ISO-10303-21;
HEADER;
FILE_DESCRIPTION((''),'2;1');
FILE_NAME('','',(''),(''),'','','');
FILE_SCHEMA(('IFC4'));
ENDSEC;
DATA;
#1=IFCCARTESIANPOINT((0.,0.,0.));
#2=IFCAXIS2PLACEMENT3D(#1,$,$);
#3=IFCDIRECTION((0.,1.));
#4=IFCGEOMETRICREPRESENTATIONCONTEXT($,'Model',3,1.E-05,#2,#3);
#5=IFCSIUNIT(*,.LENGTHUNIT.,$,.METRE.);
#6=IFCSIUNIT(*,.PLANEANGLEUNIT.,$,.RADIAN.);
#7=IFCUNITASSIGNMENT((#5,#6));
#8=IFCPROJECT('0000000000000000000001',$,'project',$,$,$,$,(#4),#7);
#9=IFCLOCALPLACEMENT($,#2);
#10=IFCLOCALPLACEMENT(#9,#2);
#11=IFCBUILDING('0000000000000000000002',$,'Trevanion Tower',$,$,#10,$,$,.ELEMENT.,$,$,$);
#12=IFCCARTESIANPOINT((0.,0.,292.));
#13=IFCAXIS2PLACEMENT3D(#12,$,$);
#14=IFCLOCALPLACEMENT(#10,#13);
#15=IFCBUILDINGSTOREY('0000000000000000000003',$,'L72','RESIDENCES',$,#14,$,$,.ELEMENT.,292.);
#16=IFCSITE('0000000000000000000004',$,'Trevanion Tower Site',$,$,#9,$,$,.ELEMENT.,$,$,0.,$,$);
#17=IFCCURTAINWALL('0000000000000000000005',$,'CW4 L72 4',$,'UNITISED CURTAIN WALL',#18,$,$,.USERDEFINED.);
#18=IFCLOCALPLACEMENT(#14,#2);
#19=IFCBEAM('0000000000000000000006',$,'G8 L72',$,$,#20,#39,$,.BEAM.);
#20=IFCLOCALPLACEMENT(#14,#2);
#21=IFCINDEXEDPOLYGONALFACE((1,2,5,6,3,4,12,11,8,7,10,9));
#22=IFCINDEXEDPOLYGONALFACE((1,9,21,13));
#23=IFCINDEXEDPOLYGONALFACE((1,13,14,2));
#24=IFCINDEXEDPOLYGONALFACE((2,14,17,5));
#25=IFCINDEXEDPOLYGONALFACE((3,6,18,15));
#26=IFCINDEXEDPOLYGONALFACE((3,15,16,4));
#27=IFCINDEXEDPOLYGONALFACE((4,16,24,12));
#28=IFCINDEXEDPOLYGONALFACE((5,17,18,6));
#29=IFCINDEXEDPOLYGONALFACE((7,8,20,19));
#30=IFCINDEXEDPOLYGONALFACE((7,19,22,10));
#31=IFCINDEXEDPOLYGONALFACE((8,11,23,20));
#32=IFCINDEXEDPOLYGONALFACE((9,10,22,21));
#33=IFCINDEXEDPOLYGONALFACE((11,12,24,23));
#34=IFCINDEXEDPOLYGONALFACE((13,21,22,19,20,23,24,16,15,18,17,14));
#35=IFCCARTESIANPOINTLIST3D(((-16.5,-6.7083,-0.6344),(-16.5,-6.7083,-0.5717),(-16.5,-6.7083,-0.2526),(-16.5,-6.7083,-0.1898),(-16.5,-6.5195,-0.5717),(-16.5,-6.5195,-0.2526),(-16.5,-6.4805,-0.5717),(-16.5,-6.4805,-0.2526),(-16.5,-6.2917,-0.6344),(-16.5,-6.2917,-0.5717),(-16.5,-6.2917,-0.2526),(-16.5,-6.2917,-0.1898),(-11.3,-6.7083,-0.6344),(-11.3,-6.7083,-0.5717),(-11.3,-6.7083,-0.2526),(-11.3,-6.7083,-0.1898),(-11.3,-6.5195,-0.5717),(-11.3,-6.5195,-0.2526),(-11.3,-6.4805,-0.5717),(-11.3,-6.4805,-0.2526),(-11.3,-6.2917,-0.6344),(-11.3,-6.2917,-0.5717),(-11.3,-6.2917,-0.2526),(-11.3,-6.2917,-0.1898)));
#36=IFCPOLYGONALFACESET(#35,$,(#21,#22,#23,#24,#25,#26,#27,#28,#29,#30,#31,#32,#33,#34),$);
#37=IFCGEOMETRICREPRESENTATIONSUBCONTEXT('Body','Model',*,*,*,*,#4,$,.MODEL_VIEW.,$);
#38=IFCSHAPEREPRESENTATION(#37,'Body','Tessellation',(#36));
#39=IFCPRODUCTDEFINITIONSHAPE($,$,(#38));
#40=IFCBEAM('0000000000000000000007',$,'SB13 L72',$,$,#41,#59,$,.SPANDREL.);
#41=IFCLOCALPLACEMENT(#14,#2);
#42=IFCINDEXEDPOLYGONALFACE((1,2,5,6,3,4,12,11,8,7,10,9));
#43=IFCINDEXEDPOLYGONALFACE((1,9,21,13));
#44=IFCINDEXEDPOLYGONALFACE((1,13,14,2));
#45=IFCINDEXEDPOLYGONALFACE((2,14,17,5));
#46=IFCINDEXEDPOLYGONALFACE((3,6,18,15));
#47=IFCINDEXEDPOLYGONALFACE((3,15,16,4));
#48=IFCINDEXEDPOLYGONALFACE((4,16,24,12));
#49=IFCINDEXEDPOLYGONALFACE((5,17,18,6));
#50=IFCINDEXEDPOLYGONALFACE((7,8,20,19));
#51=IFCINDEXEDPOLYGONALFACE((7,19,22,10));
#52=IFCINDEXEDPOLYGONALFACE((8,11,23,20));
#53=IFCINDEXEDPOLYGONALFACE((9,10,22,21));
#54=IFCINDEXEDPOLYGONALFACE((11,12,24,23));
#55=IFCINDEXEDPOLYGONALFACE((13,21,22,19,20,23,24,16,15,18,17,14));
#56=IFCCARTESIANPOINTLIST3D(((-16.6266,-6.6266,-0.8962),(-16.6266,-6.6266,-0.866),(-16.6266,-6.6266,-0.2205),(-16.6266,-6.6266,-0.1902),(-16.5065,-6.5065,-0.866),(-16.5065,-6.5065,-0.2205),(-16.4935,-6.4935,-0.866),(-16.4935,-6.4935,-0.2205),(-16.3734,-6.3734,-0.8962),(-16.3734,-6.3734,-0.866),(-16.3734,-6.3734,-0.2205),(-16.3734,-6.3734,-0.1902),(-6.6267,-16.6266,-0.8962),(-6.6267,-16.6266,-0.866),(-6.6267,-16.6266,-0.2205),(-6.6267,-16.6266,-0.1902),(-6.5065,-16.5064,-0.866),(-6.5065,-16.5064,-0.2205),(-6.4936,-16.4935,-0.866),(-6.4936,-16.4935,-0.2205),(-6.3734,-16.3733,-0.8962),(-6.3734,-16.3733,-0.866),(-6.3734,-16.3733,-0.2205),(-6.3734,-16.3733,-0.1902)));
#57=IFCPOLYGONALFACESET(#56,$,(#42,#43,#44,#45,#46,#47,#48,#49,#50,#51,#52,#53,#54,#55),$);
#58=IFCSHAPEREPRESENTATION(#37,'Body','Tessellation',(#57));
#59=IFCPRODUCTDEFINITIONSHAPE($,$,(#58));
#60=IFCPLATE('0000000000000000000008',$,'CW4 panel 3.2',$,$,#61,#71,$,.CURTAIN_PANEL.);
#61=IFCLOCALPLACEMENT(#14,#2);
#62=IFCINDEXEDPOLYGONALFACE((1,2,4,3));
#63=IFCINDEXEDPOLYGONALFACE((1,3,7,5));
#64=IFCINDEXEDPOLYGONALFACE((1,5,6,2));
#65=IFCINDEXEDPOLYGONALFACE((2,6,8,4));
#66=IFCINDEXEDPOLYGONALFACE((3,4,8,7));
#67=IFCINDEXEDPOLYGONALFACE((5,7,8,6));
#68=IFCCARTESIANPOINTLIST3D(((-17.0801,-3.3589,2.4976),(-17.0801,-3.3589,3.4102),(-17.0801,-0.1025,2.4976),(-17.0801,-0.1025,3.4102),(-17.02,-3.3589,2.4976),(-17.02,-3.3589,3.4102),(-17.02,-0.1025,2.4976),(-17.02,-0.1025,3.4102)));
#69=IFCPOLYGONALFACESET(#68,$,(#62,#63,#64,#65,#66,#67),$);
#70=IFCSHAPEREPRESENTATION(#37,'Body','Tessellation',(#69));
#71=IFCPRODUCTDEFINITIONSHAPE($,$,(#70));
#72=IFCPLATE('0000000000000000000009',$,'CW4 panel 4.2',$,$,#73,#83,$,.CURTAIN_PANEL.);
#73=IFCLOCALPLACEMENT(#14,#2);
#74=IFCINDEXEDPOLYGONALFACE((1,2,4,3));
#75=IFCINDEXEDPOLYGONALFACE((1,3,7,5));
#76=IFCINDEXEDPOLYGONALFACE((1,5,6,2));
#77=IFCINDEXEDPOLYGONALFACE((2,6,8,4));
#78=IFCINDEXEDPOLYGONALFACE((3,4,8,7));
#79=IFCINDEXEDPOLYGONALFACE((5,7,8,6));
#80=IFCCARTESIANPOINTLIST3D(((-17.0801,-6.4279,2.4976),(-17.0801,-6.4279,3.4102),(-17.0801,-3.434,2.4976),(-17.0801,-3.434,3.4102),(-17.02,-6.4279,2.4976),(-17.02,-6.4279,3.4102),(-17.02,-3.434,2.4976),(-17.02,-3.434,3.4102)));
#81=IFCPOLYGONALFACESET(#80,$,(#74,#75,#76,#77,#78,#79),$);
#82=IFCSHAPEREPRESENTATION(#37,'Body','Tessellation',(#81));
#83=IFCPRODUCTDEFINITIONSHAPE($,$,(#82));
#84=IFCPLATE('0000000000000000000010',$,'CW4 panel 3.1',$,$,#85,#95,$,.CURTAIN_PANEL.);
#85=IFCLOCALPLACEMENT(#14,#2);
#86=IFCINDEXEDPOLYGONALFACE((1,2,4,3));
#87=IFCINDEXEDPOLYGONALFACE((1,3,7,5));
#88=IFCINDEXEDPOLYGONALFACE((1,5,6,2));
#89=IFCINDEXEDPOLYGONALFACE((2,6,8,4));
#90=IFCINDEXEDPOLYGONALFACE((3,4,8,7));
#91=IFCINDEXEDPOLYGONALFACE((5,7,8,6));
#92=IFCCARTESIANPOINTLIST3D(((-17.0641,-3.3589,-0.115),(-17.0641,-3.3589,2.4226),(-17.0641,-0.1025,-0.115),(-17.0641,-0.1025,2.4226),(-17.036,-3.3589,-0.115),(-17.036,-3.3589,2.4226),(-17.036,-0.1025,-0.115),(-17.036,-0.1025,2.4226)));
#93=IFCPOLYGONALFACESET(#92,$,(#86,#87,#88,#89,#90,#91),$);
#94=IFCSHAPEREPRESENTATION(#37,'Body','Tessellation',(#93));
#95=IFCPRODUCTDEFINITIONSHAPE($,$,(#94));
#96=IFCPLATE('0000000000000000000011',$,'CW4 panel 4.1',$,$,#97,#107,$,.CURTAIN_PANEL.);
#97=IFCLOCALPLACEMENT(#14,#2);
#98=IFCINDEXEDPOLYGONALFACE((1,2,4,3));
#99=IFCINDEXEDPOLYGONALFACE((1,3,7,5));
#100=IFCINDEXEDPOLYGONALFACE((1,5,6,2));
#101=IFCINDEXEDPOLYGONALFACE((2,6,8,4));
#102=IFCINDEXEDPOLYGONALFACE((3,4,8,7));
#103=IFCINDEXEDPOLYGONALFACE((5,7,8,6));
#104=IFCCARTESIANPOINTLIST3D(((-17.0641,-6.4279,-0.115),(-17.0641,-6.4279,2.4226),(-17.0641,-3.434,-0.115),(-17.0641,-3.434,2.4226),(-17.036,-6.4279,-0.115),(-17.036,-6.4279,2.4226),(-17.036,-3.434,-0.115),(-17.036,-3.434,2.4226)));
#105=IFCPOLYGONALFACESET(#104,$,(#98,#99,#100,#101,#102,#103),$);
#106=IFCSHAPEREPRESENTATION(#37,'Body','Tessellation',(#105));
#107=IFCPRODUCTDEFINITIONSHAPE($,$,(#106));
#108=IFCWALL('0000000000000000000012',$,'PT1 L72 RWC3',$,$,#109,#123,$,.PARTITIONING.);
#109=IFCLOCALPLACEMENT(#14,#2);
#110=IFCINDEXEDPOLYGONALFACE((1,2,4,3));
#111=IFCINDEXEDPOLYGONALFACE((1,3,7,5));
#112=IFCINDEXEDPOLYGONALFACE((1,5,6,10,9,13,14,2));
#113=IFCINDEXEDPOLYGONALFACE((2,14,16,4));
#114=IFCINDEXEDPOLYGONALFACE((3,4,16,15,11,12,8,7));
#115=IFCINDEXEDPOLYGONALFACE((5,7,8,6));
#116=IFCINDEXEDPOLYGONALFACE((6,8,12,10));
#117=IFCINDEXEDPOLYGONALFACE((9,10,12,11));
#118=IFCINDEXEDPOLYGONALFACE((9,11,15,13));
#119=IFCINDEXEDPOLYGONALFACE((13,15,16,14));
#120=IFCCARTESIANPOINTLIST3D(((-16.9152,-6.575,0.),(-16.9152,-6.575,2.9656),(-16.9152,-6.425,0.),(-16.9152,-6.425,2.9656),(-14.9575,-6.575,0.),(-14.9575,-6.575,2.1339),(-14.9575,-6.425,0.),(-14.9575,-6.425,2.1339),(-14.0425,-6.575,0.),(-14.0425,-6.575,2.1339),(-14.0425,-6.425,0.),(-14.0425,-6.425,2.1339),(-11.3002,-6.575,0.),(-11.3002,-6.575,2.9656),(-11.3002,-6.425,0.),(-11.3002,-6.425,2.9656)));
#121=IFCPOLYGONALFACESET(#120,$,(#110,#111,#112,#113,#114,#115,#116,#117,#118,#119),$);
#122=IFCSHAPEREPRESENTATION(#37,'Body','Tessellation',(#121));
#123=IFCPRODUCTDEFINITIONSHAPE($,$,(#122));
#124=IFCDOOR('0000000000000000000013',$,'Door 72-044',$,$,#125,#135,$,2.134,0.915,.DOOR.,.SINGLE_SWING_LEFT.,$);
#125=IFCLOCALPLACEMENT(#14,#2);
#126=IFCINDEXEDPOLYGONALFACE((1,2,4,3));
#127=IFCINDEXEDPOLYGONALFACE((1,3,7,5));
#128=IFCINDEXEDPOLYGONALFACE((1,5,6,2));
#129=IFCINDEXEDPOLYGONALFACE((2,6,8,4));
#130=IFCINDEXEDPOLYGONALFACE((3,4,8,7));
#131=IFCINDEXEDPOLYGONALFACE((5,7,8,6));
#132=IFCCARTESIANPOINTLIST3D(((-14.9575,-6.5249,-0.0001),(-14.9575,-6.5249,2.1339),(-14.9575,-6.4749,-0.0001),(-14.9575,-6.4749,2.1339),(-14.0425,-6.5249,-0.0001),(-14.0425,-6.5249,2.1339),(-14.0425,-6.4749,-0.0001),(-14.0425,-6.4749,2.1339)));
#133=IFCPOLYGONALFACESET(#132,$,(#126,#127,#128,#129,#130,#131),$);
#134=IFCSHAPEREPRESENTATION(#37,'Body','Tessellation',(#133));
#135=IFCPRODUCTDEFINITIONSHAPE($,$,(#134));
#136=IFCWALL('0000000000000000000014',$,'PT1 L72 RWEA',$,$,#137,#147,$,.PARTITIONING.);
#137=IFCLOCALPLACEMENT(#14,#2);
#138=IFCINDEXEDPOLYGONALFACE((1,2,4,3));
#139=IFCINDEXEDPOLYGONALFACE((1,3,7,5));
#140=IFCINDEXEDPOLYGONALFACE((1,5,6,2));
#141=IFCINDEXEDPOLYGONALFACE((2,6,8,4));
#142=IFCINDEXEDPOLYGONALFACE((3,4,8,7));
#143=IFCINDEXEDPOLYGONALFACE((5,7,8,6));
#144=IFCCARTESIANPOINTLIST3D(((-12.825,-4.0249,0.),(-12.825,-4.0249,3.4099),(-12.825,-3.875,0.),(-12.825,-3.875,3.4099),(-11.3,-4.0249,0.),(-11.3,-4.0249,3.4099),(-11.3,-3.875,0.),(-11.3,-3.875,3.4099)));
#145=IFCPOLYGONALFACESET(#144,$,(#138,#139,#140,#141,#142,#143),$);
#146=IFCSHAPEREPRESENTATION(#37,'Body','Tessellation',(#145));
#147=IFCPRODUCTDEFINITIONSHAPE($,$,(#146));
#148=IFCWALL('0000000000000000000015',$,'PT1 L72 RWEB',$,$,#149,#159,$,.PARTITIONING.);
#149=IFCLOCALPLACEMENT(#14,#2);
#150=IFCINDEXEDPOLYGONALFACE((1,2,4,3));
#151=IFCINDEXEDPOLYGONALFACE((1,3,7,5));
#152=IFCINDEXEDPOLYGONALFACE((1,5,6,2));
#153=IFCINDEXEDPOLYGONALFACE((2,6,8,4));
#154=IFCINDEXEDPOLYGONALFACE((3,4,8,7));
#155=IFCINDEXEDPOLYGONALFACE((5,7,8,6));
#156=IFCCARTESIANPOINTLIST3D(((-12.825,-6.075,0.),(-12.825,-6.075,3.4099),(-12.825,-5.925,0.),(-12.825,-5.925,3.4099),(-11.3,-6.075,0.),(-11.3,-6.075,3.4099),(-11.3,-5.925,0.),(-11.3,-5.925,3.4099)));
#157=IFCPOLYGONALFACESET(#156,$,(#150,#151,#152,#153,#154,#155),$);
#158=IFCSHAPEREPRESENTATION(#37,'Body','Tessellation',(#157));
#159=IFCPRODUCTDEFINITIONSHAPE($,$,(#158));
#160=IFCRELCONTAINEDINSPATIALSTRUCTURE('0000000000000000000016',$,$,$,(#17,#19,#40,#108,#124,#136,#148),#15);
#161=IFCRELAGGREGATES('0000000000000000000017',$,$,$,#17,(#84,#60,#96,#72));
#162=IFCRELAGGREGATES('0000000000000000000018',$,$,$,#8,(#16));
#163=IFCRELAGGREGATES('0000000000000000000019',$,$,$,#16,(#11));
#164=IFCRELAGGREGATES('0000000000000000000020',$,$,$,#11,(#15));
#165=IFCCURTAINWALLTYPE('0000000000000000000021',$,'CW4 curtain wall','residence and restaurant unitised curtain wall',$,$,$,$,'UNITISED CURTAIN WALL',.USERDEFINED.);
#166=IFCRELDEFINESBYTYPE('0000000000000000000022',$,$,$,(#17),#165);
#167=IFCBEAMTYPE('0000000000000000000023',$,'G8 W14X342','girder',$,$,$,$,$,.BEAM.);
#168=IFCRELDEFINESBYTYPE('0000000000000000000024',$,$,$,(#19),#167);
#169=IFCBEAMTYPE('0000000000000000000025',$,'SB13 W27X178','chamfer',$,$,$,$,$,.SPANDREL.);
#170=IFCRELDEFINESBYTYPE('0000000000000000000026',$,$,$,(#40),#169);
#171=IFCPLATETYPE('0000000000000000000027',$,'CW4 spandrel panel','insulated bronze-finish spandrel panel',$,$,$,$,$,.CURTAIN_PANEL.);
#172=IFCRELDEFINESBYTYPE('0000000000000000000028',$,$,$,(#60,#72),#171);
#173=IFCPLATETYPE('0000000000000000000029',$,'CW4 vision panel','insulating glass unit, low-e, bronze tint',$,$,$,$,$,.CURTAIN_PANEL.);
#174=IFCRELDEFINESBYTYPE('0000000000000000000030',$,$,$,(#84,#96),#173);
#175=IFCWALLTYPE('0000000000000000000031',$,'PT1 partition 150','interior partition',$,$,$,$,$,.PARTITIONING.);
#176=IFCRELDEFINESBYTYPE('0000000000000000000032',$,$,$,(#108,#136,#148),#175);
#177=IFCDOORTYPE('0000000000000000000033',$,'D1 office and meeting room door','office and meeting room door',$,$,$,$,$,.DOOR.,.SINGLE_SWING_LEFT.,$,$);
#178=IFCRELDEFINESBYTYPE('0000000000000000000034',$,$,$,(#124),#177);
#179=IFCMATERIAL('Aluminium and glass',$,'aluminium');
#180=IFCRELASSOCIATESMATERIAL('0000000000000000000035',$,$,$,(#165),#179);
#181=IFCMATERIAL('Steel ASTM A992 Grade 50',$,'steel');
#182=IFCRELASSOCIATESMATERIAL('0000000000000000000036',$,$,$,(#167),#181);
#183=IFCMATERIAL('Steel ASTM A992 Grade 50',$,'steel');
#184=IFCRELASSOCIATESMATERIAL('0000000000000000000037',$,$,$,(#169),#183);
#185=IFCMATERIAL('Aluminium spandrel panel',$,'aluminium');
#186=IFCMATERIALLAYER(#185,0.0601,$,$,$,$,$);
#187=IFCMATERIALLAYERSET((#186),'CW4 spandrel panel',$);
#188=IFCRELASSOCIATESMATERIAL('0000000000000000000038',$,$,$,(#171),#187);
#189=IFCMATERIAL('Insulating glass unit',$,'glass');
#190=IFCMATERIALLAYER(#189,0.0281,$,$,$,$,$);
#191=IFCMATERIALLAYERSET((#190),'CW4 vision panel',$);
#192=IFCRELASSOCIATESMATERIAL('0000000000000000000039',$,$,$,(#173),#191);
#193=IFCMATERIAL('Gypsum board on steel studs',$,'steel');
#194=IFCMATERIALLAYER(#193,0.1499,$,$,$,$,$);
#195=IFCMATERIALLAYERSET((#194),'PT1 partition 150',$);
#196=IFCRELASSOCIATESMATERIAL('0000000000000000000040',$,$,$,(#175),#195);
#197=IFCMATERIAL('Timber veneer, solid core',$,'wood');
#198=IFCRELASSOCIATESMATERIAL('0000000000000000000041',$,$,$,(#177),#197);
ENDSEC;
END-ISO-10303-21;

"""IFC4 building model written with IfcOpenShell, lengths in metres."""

from ifc_helpers import new_model, si_unit, direction, frame, frame_2d, origin, origin_2d, place, context, subcontext, project, spatial, rectangle, i_section, extrude, material, layer, layer_set, material_profile, profile_set, type_object, element, fill, aggregate, save


model = new_model("IFC4")

# Units and contexts
model_context = context("Model", 3, precision=1e-05, world=origin(), true_north=direction((0.0, 1.0)))
body_context = subcontext(model_context, "Body", "Model", "MODEL_VIEW")
ifc_project = project(units=[si_unit("LENGTHUNIT", "METRE"), si_unit("PLANEANGLEUNIT", "RADIAN")], contexts=[model_context])

# Site, building, storey
site_placement = place(None, origin())
site = spatial("IfcSite", under=ifc_project, at=site_placement, Name="Trevanion Tower Site", CompositionType="ELEMENT", RefElevation=0.0)
building_placement = place(site_placement, origin())
building = spatial("IfcBuilding", under=site, at=building_placement, Name="Trevanion Tower", CompositionType="ELEMENT")
storey_placement = place(building_placement, frame((0.0, 0.0, 292.0)))
storey = spatial("IfcBuildingStorey", under=building, at=storey_placement, Name="L72", Description="RESIDENCES", CompositionType="ELEMENT", Elevation=292.0)

# Curtain wall
ifc_material_1 = material(Name="Aluminium and glass", Category="aluminium")
curtain_wall_type = type_object("IfcCurtainWallType", Name="CW4 curtain wall", Description="residence and restaurant unitised curtain wall", ElementType="UNITISED CURTAIN WALL", PredefinedType="USERDEFINED", material=ifc_material_1)
curtain_wall_1_placement = place(storey_placement, origin())
curtain_wall_1 = element("IfcCurtainWall", 1, at=curtain_wall_1_placement, inside=storey, type_object=curtain_wall_type, Name="CW4 L72 4", ObjectType="UNITISED CURTAIN WALL", PredefinedType="USERDEFINED")

# Beams
ifc_material_2 = material(Name="Steel ASTM A992 Grade 50", Category="steel")
ifc_material_profile_1 = material_profile(ifc_material_2, i_section(OverallWidth=0.4165, OverallDepth=0.4446, WebThickness=0.0391, FlangeThickness=0.0627, at=origin_2d()), Name="W14X342")
ifc_profile_set_1 = profile_set([ifc_material_profile_1], Name="Steel ASTM A992 Grade 50")
beam_type_1 = type_object("IfcBeamType", Name="G8 W14X342", Description="girder", PredefinedType="BEAM", material=ifc_profile_set_1)
beam_1_placement = place(storey_placement, frame((-11.3, -6.5, -0.4121), z_axis=(-1.0, 0.0, 0.0), x_axis=(0.0, -1.0, 0.0)))
element("IfcBeam", 2, at=beam_1_placement, inside=storey, type_object=beam_type_1, Name="G8 L72", PredefinedType="BEAM", context=body_context, shape_type="SweptSolid", body=[
    extrude(i_section(OverallWidth=0.4165, OverallDepth=0.4446, WebThickness=0.0391, FlangeThickness=0.0627, at=origin_2d()), origin(), (0.0, 0.0, 1.0), 5.2),
])
ifc_material_3 = material(Name="Steel ASTM A992 Grade 50", Category="steel")
ifc_material_profile_2 = material_profile(ifc_material_3, i_section(OverallWidth=0.3582, OverallDepth=0.7061, WebThickness=0.0183, FlangeThickness=0.0303, at=origin_2d()), Name="W27X178")
ifc_profile_set_2 = profile_set([ifc_material_profile_2], Name="Steel ASTM A992 Grade 50")
beam_type_2 = type_object("IfcBeamType", Name="SB13 W27X178", Description="chamfer", PredefinedType="SPANDREL", material=ifc_profile_set_2)
beam_2_placement = place(storey_placement, frame((-16.5, -6.5, -0.5432), z_axis=(0.707107, -0.707107, 0.0), x_axis=(0.707107, 0.707107, 0.0)))
element("IfcBeam", 3, at=beam_2_placement, inside=storey, type_object=beam_type_2, Name="SB13 L72", PredefinedType="SPANDREL", context=body_context, shape_type="SweptSolid", body=[
    extrude(i_section(OverallWidth=0.3582, OverallDepth=0.7061, WebThickness=0.0183, FlangeThickness=0.0303, at=origin_2d()), origin(), (0.0, 0.0, 1.0), 14.1421),
])

# Plates
ifc_material_4 = material(Name="Aluminium spandrel panel", Category="aluminium")
ifc_layer_1 = layer(ifc_material_4, 0.0601)
ifc_layer_set_1 = layer_set([ifc_layer_1], Name="CW4 spandrel panel")
plate_type_1 = type_object("IfcPlateType", Name="CW4 spandrel panel", Description="insulated bronze-finish spandrel panel", PredefinedType="CURTAIN_PANEL", material=ifc_layer_set_1)
plate_1_placement = place(storey_placement, frame((-17.05, -1.7307, 2.4976), z_axis=(0.0, 0.0, 1.0), x_axis=(0.0, -1.0, 0.0)))
plate_1 = element("IfcPlate", 4, at=plate_1_placement, type_object=plate_type_1, Name="CW4 panel 3.2", PredefinedType="CURTAIN_PANEL", context=body_context, shape_type="SweptSolid", body=[
    extrude(rectangle(XDim=3.2563, YDim=0.0601, at=origin_2d()), origin(), (0.0, 0.0, 1.0), 0.9126),
])
plate_2_placement = place(storey_placement, frame((-17.05, -4.9309, 2.4976), z_axis=(0.0, 0.0, 1.0), x_axis=(0.0, -1.0, 0.0)))
plate_2 = element("IfcPlate", 5, at=plate_2_placement, type_object=plate_type_1, Name="CW4 panel 4.2", PredefinedType="CURTAIN_PANEL", context=body_context, shape_type="SweptSolid", body=[
    extrude(rectangle(XDim=2.9939, YDim=0.0601, at=origin_2d()), origin(), (0.0, 0.0, 1.0), 0.9126),
])
ifc_material_5 = material(Name="Insulating glass unit", Category="glass")
ifc_layer_2 = layer(ifc_material_5, 0.0281)
ifc_layer_set_2 = layer_set([ifc_layer_2], Name="CW4 vision panel")
plate_type_2 = type_object("IfcPlateType", Name="CW4 vision panel", Description="insulating glass unit, low-e, bronze tint", PredefinedType="CURTAIN_PANEL", material=ifc_layer_set_2)
plate_3_placement = place(storey_placement, frame((-17.05, -1.7307, -0.115), z_axis=(0.0, 0.0, 1.0), x_axis=(0.0, -1.0, 0.0)))
plate_3 = element("IfcPlate", 6, at=plate_3_placement, type_object=plate_type_2, Name="CW4 panel 3.1", PredefinedType="CURTAIN_PANEL", context=body_context, shape_type="SweptSolid", body=[
    extrude(rectangle(XDim=3.2563, YDim=0.0281, at=origin_2d()), origin(), (0.0, 0.0, 1.0), 2.5376),
])
plate_4_placement = place(storey_placement, frame((-17.05, -4.9309, -0.115), z_axis=(0.0, 0.0, 1.0), x_axis=(0.0, -1.0, 0.0)))
plate_4 = element("IfcPlate", 7, at=plate_4_placement, type_object=plate_type_2, Name="CW4 panel 4.1", PredefinedType="CURTAIN_PANEL", context=body_context, shape_type="SweptSolid", body=[
    extrude(rectangle(XDim=2.9939, YDim=0.0281, at=origin_2d()), origin(), (0.0, 0.0, 1.0), 2.5376),
])
aggregate(curtain_wall_1, [plate_3, plate_1, plate_4, plate_2])

# Wall, opening, door
ifc_material_6 = material(Name="Gypsum board on steel studs", Category="steel")
ifc_layer_3 = layer(ifc_material_6, 0.1499)
ifc_layer_set_3 = layer_set([ifc_layer_3], Name="PT1 partition 150")
wall_type_1 = type_object("IfcWallType", Name="PT1 partition 150", Description="interior partition", PredefinedType="PARTITIONING", material=ifc_layer_set_3)
wall_1_placement = place(storey_placement, frame((-11.3, -6.5, 0.0), z_axis=(0.0, 0.0, 1.0), x_axis=(-1.0, 0.0, 0.0)))
wall_1 = element("IfcWall", 8, at=wall_1_placement, inside=storey, type_object=wall_type_1, Name="PT1 L72 RWC3", PredefinedType="PARTITIONING", context=body_context, shape_type="SweptSolid", body=[
    extrude(rectangle(XDim=5.615, YDim=0.1499, at=frame_2d((2.8076, 0.0))), origin(), (0.0, 0.0, 1.0), 2.9656),
])
opening_1_placement = place(wall_1_placement, frame((2.7424, 0.0, 0.0)))
opening_1 = element("IfcOpeningElement", 9, at=opening_1_placement, cuts=wall_1, PredefinedType="OPENING", context=body_context, shape_type="SweptSolid", body=[
    extrude(rectangle(XDim=0.915, YDim=2.134, at=frame_2d((0.4575, 1.0669))), frame((0.0, 0.085, 0.0), z_axis=(0.0, -1.0, 0.0), x_axis=(1.0, 0.0, 0.0)), (0.0, 0.0, 1.0), 0.1699),
])
ifc_material_7 = material(Name="Timber veneer, solid core", Category="wood")
door_type_1 = type_object("IfcDoorType", Name="D1 office and meeting room door", Description="office and meeting room door", OperationType="SINGLE_SWING_LEFT", PredefinedType="DOOR", material=ifc_material_7)
door_1_placement = place(opening_1_placement, origin())
door_1 = element("IfcDoor", 10, at=door_1_placement, inside=storey, type_object=door_type_1, Name="Door 72-044", OperationType="SINGLE_SWING_LEFT", OverallHeight=2.134, OverallWidth=0.915, PredefinedType="DOOR", context=body_context, shape_type="SweptSolid", body=[
    extrude(rectangle(XDim=0.915, YDim=2.134, at=frame_2d((0.4575, 1.0669))), frame((0.0, 0.0249, 0.0), z_axis=(0.0, -1.0, 0.0), x_axis=(1.0, 0.0, 0.0)), (0.0, 0.0, 1.0), 0.05),
])
fill(opening_1, door_1)

# Walls
for number, where, z_axis, x_axis, name in (
    (11, (-11.3, -3.95, 0.0), (0.0, 0.0, 1.0), (-1.0, 0.0, 0.0), "PT1 L72 RWEA"),
    (12, (-11.3, -6.0, 0.0), (0.0, 0.0, 1.0), (-1.0, 0.0, 0.0), "PT1 L72 RWEB"),
):
    element("IfcWall", number, at=place(storey_placement, frame(where, z_axis=z_axis, x_axis=x_axis)), inside=storey, type_object=wall_type_1, Name=name, PredefinedType="PARTITIONING", context=body_context, shape_type="SweptSolid", body=[
        extrude(rectangle(XDim=1.5249, YDim=0.1499, at=frame_2d((0.7625, 0.0))), origin(), (0.0, 0.0, 1.0), 3.4099),
    ])

save(model, "model.ifc")
